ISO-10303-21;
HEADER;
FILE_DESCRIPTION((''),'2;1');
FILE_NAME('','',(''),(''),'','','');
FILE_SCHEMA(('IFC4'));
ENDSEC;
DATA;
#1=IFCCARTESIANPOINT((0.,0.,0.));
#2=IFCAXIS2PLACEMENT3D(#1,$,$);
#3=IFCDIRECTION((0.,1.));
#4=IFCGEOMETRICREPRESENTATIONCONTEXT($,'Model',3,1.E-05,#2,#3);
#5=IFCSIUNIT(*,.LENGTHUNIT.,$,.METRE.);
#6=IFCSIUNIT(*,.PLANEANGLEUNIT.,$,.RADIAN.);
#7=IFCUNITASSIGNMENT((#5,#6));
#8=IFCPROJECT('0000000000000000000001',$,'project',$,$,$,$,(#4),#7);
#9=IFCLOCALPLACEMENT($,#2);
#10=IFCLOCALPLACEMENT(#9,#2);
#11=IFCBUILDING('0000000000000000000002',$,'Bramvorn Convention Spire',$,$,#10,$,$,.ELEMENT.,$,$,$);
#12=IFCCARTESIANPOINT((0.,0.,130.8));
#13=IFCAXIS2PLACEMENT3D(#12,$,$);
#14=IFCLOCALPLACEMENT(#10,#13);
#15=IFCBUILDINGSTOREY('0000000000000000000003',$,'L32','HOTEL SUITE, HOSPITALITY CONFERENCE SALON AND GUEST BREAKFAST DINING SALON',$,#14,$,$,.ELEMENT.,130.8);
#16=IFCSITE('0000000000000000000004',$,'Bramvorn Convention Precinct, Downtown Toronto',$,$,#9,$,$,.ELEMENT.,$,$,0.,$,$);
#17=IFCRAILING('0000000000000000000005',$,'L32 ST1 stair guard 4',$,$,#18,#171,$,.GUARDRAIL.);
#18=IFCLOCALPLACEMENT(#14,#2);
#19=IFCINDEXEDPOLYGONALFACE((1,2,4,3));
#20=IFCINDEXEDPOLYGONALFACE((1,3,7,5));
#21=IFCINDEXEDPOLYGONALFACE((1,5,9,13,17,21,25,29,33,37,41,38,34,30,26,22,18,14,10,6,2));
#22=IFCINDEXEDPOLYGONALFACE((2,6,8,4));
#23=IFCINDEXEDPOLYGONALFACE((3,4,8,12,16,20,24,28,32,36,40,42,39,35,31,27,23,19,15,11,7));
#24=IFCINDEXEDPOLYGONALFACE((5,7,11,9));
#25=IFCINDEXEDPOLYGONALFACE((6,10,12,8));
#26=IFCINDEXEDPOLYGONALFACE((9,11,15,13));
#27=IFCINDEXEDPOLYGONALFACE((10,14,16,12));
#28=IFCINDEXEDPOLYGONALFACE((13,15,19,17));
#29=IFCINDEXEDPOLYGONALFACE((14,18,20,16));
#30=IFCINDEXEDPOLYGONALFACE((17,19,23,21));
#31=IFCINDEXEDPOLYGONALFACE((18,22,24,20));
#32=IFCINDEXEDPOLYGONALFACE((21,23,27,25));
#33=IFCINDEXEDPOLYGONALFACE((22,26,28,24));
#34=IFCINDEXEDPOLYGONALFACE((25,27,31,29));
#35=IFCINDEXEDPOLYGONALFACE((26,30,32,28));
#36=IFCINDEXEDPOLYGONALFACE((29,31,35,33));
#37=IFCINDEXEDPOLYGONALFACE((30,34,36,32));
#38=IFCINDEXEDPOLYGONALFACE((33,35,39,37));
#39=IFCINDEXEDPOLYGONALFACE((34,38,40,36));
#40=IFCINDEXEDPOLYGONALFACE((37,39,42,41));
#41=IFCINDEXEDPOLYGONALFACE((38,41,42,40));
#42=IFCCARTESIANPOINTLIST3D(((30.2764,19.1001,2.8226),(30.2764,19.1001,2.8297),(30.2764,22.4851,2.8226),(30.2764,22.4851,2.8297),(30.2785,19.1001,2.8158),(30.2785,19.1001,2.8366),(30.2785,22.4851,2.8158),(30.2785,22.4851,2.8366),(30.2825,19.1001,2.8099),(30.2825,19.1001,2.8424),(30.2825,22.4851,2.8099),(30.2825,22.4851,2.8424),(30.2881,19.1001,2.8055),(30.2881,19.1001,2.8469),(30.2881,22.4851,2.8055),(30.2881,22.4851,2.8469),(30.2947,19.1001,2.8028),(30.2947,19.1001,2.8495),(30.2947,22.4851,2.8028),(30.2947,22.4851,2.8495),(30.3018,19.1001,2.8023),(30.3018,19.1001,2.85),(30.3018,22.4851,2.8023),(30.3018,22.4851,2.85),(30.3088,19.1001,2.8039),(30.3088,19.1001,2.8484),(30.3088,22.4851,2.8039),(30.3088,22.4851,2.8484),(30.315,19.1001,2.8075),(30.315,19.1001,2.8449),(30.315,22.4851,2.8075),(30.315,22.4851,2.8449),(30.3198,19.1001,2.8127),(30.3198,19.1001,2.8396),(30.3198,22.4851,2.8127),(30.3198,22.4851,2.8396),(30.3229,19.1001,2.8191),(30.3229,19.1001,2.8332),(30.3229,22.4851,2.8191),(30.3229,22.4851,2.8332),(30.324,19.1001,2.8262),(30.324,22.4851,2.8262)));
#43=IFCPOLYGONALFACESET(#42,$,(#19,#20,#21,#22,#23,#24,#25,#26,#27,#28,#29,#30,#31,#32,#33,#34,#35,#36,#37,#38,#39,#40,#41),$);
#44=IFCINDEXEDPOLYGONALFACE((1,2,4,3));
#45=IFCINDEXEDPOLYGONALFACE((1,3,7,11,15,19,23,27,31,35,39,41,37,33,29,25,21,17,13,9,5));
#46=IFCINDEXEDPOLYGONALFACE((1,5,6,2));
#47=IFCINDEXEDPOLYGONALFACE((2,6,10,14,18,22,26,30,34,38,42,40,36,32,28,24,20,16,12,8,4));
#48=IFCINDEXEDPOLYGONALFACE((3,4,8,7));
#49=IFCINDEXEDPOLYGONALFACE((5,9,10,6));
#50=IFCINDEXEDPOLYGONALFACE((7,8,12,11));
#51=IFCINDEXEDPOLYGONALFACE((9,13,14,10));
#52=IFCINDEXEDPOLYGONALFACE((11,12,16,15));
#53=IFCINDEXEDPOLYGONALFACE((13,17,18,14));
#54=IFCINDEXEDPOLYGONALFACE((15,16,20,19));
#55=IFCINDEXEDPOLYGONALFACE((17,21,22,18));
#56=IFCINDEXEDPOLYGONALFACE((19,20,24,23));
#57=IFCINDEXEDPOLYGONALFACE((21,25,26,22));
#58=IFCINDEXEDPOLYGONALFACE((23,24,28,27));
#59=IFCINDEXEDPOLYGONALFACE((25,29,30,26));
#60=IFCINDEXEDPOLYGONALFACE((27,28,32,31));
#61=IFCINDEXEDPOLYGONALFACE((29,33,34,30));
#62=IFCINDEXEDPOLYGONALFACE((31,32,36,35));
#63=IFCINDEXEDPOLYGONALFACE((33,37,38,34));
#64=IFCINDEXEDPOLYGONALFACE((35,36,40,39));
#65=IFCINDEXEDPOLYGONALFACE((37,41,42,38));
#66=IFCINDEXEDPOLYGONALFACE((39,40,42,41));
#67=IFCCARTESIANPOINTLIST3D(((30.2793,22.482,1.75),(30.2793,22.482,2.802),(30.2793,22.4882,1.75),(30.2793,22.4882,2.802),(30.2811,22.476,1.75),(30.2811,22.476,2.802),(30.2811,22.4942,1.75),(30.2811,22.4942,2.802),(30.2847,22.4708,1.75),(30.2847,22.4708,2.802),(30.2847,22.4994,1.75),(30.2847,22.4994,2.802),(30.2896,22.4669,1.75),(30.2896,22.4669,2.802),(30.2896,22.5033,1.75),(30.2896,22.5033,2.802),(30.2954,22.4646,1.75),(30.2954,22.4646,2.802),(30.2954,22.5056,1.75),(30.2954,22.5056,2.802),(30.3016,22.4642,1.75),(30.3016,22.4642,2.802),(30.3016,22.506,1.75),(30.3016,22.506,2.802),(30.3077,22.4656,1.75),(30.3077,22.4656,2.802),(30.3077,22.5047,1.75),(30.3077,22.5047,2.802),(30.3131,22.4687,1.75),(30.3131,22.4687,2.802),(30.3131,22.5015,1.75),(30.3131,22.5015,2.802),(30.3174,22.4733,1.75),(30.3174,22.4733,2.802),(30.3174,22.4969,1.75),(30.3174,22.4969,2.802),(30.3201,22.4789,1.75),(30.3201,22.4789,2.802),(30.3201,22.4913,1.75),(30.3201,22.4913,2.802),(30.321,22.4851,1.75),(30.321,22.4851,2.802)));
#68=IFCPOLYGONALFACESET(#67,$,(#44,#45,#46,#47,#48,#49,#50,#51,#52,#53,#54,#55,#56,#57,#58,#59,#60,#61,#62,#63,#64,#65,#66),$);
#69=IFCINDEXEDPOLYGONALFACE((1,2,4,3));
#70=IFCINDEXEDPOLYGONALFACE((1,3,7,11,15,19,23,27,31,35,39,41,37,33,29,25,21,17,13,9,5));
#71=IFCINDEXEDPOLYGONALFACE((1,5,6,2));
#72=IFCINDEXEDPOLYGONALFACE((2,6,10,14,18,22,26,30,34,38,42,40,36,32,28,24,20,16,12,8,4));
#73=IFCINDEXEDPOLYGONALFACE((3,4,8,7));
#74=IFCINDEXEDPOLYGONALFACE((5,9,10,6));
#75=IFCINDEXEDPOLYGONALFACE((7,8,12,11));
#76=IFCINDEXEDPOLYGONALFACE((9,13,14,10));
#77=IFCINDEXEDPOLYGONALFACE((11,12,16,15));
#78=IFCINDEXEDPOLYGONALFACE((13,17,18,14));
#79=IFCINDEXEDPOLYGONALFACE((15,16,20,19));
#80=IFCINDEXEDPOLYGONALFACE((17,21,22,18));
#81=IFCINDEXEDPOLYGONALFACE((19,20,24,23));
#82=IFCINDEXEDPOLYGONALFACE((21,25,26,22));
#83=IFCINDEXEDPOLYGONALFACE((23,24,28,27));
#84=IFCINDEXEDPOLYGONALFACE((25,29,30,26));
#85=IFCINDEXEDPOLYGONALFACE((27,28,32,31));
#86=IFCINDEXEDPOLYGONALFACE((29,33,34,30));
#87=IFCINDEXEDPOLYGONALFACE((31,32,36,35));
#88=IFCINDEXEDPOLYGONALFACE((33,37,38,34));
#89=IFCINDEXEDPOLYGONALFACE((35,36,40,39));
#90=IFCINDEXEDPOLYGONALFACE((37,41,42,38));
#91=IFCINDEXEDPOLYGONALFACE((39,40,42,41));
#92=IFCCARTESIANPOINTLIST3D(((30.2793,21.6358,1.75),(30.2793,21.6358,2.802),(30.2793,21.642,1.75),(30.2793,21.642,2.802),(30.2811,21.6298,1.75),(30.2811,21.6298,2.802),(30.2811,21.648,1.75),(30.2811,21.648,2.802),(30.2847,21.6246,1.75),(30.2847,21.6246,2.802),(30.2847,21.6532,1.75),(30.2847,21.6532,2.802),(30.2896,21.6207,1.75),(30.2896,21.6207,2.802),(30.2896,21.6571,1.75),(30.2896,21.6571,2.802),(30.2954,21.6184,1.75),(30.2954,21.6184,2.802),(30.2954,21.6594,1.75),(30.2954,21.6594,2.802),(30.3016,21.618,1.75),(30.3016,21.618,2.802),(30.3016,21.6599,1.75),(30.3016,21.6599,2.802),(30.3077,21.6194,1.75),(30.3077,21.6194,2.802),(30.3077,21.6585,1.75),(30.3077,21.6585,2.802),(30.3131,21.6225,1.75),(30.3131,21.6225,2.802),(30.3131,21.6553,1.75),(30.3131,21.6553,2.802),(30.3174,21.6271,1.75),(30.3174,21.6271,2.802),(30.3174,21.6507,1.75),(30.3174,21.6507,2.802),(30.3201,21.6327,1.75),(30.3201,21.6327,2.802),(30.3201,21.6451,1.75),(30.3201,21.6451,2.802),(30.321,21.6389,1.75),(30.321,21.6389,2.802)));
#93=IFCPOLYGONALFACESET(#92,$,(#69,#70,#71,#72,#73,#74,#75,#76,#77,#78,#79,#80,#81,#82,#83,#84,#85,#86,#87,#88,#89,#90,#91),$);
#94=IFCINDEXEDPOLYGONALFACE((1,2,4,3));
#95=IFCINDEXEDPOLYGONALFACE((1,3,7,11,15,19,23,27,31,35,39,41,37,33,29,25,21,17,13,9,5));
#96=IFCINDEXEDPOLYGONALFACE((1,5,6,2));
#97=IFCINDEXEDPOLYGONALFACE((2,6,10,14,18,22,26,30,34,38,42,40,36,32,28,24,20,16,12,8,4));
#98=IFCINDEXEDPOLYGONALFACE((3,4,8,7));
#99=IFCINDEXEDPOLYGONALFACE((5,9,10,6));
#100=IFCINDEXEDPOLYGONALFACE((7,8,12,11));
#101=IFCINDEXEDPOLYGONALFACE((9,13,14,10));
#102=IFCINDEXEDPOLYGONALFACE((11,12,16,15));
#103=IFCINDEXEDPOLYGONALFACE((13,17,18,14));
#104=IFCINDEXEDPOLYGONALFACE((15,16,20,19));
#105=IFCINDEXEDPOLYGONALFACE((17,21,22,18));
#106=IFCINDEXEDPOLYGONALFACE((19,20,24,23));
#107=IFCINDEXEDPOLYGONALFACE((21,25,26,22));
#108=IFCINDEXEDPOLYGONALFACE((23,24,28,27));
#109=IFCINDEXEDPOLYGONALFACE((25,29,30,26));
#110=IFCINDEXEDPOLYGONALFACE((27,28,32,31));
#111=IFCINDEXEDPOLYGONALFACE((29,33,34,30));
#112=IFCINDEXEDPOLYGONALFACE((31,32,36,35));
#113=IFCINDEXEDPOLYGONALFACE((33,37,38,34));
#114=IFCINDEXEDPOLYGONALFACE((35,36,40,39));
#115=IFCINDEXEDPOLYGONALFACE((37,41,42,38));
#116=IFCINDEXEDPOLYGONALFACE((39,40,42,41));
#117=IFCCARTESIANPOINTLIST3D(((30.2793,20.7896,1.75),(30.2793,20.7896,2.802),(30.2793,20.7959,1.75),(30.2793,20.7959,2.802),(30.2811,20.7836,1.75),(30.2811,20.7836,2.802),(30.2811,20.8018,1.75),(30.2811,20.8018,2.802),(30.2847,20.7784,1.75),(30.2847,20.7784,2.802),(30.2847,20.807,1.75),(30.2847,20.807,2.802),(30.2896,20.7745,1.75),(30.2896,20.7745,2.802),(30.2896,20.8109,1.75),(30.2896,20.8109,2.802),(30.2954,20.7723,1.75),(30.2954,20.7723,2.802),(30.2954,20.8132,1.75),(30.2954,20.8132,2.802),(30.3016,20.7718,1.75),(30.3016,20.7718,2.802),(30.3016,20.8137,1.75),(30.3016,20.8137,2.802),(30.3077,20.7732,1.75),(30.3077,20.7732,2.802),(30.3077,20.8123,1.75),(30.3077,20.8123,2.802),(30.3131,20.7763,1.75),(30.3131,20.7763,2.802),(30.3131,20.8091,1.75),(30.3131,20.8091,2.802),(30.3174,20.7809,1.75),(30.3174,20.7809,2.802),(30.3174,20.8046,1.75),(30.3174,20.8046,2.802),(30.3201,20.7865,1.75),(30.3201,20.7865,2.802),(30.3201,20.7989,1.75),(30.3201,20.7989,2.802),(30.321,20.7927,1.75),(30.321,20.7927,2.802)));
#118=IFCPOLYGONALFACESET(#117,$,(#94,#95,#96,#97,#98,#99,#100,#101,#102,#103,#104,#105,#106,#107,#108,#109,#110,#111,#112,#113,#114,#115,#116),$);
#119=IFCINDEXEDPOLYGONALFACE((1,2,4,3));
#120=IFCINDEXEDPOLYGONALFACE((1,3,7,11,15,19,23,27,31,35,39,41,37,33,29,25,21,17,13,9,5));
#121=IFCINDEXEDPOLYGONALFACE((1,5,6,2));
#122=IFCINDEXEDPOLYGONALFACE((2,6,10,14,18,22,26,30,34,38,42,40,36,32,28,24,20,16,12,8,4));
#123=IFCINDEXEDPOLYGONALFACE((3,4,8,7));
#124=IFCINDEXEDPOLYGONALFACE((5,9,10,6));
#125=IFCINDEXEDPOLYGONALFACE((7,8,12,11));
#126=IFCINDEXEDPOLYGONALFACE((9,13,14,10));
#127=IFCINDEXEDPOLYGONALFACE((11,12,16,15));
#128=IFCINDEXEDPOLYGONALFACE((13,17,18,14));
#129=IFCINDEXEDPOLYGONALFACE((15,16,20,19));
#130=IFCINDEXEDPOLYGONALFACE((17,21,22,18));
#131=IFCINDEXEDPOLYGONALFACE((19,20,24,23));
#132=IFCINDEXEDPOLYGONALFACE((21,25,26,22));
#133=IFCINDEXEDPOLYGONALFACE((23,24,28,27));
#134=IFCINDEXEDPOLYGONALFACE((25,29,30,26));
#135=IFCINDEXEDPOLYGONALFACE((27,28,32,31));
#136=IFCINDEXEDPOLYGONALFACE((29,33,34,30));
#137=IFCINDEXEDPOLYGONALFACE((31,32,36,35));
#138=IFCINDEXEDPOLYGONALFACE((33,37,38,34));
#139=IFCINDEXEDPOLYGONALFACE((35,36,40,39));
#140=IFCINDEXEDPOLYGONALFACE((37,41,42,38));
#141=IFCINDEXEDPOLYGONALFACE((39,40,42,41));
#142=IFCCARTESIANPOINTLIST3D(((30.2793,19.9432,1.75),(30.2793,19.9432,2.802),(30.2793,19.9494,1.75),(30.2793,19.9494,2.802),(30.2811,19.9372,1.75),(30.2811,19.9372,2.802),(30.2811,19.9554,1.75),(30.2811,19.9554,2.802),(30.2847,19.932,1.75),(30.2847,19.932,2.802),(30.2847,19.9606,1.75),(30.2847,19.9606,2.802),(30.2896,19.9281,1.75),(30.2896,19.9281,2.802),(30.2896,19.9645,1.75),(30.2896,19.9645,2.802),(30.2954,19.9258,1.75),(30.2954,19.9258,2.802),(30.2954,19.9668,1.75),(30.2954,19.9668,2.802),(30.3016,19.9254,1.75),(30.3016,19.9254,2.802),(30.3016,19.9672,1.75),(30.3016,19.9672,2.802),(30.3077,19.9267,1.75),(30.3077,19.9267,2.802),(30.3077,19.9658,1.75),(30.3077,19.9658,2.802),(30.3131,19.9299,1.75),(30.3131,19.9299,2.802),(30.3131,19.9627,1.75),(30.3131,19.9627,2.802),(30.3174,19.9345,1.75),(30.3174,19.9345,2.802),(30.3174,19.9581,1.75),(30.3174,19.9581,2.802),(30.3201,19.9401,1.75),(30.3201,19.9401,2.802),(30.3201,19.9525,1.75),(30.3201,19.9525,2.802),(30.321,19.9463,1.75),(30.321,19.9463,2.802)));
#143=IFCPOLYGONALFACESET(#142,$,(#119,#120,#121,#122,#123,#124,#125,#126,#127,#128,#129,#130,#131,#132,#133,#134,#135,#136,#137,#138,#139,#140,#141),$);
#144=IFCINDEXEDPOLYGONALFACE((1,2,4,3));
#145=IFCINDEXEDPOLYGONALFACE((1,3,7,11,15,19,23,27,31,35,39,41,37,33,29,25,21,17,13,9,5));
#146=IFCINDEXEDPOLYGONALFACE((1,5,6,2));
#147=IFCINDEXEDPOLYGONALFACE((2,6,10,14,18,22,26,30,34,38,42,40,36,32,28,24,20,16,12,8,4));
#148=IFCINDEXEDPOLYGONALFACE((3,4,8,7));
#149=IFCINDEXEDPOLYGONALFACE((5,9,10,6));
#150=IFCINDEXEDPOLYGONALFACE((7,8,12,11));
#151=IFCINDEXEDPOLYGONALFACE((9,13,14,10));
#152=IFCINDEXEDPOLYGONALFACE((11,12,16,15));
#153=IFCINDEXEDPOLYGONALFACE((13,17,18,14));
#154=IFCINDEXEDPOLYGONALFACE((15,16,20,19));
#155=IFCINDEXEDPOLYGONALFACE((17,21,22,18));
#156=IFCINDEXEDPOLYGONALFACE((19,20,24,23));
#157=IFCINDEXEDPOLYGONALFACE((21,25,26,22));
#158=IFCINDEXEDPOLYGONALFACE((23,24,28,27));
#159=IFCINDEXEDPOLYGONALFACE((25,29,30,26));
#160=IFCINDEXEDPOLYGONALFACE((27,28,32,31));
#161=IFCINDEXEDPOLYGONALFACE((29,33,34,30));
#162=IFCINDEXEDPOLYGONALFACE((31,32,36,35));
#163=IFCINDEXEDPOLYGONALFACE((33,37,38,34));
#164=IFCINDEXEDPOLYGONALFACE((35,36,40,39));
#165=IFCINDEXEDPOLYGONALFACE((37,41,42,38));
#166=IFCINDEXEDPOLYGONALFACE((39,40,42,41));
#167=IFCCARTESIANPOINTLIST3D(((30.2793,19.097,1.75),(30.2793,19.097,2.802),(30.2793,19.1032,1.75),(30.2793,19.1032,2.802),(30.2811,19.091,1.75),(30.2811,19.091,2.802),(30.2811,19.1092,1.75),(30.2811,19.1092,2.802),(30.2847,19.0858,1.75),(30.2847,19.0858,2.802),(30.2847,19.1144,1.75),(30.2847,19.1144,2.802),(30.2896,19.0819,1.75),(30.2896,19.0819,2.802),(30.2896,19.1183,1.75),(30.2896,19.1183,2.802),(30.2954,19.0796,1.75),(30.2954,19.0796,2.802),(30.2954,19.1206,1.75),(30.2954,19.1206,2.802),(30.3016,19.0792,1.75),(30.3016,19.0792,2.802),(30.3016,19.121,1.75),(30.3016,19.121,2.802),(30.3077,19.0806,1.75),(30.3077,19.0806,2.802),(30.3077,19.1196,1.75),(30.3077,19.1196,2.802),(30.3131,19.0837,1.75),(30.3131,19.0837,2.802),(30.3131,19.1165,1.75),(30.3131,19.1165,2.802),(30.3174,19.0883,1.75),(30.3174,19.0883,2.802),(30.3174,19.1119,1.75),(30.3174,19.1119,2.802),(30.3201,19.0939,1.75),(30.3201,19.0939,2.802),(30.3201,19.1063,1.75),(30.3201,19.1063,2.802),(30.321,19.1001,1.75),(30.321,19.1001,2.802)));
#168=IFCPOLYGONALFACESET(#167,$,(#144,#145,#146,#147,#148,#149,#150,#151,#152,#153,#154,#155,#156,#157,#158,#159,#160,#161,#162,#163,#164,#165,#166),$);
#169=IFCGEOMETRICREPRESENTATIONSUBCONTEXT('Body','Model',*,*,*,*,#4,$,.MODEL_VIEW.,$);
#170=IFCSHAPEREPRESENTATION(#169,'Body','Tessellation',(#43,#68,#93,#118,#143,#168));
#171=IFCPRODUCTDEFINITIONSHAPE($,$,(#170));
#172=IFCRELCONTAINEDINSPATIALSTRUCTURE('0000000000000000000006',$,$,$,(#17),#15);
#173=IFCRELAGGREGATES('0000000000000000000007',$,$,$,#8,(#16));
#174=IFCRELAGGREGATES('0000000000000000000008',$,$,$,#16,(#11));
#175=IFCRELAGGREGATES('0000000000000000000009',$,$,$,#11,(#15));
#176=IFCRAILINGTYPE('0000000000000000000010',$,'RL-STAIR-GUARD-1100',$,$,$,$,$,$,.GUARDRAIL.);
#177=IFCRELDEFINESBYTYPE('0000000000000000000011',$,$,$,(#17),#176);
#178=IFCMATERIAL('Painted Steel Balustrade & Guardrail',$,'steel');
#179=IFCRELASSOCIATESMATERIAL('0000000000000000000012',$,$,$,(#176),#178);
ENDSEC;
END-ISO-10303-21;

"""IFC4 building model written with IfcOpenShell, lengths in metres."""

from ifc_helpers import new_model, si_unit, direction, frame, origin, origin_2d, place, context, subcontext, project, spatial, circle, extrude, material, type_object, element, save


model = new_model("IFC4")

# Units and contexts
model_context = context("Model", 3, precision=1e-05, world=origin(), true_north=direction((0.0, 1.0)))
body_context = subcontext(model_context, "Body", "Model", "MODEL_VIEW")
ifc_project = project(units=[si_unit("LENGTHUNIT", "METRE"), si_unit("PLANEANGLEUNIT", "RADIAN")], contexts=[model_context])

# Site, building, storey
site_placement = place(None, origin())
site = spatial("IfcSite", under=ifc_project, at=site_placement, Name="Bramvorn Convention Precinct, Downtown Toronto", CompositionType="ELEMENT", RefElevation=0.0)
building_placement = place(site_placement, origin())
building = spatial("IfcBuilding", under=site, at=building_placement, Name="Bramvorn Convention Spire", CompositionType="ELEMENT")
storey_placement = place(building_placement, frame((0.0, 0.0, 130.8)))
storey = spatial("IfcBuildingStorey", under=building, at=storey_placement, Name="L32", Description="HOTEL SUITE, HOSPITALITY CONFERENCE SALON AND GUEST BREAKFAST DINING SALON", CompositionType="ELEMENT", Elevation=130.8)

# Railing
ifc_material_1 = material(Name="Painted Steel Balustrade & Guardrail", Category="steel")
railing_type_1 = type_object("IfcRailingType", Name="RL-STAIR-GUARD-1100", PredefinedType="GUARDRAIL", material=ifc_material_1)
railing_1_placement = place(storey_placement, frame((30.3, 22.4851, 1.75)))
element("IfcRailing", 1, at=railing_1_placement, inside=storey, type_object=railing_type_1, Name="L32 ST1 stair guard 4", PredefinedType="GUARDRAIL", context=body_context, shape_type="SweptSolid", body=[
    extrude(circle(Radius=0.0239, at=origin_2d()), frame((0.0, 0.0, 1.0762), z_axis=(0.0, -1.0, 0.0), x_axis=(1.0, 0.0, 0.0)), (0.0, 0.0, 1.0), 3.385),
    extrude(circle(Radius=0.021, at=origin_2d()), origin(), (0.0, 0.0, 1.0), 1.052),
    extrude(circle(Radius=0.021, at=origin_2d()), frame((0.0, -0.8462, 0.0)), (0.0, 0.0, 1.0), 1.052),
    extrude(circle(Radius=0.021, at=origin_2d()), frame((0.0, -1.6924, 0.0)), (0.0, 0.0, 1.0), 1.052),
    extrude(circle(Radius=0.021, at=origin_2d()), frame((0.0, -2.5388, 0.0)), (0.0, 0.0, 1.0), 1.052),
    extrude(circle(Radius=0.021, at=origin_2d()), frame((0.0, -3.385, 0.0)), (0.0, 0.0, 1.0), 1.052),
])

save(model, "model.ifc")
